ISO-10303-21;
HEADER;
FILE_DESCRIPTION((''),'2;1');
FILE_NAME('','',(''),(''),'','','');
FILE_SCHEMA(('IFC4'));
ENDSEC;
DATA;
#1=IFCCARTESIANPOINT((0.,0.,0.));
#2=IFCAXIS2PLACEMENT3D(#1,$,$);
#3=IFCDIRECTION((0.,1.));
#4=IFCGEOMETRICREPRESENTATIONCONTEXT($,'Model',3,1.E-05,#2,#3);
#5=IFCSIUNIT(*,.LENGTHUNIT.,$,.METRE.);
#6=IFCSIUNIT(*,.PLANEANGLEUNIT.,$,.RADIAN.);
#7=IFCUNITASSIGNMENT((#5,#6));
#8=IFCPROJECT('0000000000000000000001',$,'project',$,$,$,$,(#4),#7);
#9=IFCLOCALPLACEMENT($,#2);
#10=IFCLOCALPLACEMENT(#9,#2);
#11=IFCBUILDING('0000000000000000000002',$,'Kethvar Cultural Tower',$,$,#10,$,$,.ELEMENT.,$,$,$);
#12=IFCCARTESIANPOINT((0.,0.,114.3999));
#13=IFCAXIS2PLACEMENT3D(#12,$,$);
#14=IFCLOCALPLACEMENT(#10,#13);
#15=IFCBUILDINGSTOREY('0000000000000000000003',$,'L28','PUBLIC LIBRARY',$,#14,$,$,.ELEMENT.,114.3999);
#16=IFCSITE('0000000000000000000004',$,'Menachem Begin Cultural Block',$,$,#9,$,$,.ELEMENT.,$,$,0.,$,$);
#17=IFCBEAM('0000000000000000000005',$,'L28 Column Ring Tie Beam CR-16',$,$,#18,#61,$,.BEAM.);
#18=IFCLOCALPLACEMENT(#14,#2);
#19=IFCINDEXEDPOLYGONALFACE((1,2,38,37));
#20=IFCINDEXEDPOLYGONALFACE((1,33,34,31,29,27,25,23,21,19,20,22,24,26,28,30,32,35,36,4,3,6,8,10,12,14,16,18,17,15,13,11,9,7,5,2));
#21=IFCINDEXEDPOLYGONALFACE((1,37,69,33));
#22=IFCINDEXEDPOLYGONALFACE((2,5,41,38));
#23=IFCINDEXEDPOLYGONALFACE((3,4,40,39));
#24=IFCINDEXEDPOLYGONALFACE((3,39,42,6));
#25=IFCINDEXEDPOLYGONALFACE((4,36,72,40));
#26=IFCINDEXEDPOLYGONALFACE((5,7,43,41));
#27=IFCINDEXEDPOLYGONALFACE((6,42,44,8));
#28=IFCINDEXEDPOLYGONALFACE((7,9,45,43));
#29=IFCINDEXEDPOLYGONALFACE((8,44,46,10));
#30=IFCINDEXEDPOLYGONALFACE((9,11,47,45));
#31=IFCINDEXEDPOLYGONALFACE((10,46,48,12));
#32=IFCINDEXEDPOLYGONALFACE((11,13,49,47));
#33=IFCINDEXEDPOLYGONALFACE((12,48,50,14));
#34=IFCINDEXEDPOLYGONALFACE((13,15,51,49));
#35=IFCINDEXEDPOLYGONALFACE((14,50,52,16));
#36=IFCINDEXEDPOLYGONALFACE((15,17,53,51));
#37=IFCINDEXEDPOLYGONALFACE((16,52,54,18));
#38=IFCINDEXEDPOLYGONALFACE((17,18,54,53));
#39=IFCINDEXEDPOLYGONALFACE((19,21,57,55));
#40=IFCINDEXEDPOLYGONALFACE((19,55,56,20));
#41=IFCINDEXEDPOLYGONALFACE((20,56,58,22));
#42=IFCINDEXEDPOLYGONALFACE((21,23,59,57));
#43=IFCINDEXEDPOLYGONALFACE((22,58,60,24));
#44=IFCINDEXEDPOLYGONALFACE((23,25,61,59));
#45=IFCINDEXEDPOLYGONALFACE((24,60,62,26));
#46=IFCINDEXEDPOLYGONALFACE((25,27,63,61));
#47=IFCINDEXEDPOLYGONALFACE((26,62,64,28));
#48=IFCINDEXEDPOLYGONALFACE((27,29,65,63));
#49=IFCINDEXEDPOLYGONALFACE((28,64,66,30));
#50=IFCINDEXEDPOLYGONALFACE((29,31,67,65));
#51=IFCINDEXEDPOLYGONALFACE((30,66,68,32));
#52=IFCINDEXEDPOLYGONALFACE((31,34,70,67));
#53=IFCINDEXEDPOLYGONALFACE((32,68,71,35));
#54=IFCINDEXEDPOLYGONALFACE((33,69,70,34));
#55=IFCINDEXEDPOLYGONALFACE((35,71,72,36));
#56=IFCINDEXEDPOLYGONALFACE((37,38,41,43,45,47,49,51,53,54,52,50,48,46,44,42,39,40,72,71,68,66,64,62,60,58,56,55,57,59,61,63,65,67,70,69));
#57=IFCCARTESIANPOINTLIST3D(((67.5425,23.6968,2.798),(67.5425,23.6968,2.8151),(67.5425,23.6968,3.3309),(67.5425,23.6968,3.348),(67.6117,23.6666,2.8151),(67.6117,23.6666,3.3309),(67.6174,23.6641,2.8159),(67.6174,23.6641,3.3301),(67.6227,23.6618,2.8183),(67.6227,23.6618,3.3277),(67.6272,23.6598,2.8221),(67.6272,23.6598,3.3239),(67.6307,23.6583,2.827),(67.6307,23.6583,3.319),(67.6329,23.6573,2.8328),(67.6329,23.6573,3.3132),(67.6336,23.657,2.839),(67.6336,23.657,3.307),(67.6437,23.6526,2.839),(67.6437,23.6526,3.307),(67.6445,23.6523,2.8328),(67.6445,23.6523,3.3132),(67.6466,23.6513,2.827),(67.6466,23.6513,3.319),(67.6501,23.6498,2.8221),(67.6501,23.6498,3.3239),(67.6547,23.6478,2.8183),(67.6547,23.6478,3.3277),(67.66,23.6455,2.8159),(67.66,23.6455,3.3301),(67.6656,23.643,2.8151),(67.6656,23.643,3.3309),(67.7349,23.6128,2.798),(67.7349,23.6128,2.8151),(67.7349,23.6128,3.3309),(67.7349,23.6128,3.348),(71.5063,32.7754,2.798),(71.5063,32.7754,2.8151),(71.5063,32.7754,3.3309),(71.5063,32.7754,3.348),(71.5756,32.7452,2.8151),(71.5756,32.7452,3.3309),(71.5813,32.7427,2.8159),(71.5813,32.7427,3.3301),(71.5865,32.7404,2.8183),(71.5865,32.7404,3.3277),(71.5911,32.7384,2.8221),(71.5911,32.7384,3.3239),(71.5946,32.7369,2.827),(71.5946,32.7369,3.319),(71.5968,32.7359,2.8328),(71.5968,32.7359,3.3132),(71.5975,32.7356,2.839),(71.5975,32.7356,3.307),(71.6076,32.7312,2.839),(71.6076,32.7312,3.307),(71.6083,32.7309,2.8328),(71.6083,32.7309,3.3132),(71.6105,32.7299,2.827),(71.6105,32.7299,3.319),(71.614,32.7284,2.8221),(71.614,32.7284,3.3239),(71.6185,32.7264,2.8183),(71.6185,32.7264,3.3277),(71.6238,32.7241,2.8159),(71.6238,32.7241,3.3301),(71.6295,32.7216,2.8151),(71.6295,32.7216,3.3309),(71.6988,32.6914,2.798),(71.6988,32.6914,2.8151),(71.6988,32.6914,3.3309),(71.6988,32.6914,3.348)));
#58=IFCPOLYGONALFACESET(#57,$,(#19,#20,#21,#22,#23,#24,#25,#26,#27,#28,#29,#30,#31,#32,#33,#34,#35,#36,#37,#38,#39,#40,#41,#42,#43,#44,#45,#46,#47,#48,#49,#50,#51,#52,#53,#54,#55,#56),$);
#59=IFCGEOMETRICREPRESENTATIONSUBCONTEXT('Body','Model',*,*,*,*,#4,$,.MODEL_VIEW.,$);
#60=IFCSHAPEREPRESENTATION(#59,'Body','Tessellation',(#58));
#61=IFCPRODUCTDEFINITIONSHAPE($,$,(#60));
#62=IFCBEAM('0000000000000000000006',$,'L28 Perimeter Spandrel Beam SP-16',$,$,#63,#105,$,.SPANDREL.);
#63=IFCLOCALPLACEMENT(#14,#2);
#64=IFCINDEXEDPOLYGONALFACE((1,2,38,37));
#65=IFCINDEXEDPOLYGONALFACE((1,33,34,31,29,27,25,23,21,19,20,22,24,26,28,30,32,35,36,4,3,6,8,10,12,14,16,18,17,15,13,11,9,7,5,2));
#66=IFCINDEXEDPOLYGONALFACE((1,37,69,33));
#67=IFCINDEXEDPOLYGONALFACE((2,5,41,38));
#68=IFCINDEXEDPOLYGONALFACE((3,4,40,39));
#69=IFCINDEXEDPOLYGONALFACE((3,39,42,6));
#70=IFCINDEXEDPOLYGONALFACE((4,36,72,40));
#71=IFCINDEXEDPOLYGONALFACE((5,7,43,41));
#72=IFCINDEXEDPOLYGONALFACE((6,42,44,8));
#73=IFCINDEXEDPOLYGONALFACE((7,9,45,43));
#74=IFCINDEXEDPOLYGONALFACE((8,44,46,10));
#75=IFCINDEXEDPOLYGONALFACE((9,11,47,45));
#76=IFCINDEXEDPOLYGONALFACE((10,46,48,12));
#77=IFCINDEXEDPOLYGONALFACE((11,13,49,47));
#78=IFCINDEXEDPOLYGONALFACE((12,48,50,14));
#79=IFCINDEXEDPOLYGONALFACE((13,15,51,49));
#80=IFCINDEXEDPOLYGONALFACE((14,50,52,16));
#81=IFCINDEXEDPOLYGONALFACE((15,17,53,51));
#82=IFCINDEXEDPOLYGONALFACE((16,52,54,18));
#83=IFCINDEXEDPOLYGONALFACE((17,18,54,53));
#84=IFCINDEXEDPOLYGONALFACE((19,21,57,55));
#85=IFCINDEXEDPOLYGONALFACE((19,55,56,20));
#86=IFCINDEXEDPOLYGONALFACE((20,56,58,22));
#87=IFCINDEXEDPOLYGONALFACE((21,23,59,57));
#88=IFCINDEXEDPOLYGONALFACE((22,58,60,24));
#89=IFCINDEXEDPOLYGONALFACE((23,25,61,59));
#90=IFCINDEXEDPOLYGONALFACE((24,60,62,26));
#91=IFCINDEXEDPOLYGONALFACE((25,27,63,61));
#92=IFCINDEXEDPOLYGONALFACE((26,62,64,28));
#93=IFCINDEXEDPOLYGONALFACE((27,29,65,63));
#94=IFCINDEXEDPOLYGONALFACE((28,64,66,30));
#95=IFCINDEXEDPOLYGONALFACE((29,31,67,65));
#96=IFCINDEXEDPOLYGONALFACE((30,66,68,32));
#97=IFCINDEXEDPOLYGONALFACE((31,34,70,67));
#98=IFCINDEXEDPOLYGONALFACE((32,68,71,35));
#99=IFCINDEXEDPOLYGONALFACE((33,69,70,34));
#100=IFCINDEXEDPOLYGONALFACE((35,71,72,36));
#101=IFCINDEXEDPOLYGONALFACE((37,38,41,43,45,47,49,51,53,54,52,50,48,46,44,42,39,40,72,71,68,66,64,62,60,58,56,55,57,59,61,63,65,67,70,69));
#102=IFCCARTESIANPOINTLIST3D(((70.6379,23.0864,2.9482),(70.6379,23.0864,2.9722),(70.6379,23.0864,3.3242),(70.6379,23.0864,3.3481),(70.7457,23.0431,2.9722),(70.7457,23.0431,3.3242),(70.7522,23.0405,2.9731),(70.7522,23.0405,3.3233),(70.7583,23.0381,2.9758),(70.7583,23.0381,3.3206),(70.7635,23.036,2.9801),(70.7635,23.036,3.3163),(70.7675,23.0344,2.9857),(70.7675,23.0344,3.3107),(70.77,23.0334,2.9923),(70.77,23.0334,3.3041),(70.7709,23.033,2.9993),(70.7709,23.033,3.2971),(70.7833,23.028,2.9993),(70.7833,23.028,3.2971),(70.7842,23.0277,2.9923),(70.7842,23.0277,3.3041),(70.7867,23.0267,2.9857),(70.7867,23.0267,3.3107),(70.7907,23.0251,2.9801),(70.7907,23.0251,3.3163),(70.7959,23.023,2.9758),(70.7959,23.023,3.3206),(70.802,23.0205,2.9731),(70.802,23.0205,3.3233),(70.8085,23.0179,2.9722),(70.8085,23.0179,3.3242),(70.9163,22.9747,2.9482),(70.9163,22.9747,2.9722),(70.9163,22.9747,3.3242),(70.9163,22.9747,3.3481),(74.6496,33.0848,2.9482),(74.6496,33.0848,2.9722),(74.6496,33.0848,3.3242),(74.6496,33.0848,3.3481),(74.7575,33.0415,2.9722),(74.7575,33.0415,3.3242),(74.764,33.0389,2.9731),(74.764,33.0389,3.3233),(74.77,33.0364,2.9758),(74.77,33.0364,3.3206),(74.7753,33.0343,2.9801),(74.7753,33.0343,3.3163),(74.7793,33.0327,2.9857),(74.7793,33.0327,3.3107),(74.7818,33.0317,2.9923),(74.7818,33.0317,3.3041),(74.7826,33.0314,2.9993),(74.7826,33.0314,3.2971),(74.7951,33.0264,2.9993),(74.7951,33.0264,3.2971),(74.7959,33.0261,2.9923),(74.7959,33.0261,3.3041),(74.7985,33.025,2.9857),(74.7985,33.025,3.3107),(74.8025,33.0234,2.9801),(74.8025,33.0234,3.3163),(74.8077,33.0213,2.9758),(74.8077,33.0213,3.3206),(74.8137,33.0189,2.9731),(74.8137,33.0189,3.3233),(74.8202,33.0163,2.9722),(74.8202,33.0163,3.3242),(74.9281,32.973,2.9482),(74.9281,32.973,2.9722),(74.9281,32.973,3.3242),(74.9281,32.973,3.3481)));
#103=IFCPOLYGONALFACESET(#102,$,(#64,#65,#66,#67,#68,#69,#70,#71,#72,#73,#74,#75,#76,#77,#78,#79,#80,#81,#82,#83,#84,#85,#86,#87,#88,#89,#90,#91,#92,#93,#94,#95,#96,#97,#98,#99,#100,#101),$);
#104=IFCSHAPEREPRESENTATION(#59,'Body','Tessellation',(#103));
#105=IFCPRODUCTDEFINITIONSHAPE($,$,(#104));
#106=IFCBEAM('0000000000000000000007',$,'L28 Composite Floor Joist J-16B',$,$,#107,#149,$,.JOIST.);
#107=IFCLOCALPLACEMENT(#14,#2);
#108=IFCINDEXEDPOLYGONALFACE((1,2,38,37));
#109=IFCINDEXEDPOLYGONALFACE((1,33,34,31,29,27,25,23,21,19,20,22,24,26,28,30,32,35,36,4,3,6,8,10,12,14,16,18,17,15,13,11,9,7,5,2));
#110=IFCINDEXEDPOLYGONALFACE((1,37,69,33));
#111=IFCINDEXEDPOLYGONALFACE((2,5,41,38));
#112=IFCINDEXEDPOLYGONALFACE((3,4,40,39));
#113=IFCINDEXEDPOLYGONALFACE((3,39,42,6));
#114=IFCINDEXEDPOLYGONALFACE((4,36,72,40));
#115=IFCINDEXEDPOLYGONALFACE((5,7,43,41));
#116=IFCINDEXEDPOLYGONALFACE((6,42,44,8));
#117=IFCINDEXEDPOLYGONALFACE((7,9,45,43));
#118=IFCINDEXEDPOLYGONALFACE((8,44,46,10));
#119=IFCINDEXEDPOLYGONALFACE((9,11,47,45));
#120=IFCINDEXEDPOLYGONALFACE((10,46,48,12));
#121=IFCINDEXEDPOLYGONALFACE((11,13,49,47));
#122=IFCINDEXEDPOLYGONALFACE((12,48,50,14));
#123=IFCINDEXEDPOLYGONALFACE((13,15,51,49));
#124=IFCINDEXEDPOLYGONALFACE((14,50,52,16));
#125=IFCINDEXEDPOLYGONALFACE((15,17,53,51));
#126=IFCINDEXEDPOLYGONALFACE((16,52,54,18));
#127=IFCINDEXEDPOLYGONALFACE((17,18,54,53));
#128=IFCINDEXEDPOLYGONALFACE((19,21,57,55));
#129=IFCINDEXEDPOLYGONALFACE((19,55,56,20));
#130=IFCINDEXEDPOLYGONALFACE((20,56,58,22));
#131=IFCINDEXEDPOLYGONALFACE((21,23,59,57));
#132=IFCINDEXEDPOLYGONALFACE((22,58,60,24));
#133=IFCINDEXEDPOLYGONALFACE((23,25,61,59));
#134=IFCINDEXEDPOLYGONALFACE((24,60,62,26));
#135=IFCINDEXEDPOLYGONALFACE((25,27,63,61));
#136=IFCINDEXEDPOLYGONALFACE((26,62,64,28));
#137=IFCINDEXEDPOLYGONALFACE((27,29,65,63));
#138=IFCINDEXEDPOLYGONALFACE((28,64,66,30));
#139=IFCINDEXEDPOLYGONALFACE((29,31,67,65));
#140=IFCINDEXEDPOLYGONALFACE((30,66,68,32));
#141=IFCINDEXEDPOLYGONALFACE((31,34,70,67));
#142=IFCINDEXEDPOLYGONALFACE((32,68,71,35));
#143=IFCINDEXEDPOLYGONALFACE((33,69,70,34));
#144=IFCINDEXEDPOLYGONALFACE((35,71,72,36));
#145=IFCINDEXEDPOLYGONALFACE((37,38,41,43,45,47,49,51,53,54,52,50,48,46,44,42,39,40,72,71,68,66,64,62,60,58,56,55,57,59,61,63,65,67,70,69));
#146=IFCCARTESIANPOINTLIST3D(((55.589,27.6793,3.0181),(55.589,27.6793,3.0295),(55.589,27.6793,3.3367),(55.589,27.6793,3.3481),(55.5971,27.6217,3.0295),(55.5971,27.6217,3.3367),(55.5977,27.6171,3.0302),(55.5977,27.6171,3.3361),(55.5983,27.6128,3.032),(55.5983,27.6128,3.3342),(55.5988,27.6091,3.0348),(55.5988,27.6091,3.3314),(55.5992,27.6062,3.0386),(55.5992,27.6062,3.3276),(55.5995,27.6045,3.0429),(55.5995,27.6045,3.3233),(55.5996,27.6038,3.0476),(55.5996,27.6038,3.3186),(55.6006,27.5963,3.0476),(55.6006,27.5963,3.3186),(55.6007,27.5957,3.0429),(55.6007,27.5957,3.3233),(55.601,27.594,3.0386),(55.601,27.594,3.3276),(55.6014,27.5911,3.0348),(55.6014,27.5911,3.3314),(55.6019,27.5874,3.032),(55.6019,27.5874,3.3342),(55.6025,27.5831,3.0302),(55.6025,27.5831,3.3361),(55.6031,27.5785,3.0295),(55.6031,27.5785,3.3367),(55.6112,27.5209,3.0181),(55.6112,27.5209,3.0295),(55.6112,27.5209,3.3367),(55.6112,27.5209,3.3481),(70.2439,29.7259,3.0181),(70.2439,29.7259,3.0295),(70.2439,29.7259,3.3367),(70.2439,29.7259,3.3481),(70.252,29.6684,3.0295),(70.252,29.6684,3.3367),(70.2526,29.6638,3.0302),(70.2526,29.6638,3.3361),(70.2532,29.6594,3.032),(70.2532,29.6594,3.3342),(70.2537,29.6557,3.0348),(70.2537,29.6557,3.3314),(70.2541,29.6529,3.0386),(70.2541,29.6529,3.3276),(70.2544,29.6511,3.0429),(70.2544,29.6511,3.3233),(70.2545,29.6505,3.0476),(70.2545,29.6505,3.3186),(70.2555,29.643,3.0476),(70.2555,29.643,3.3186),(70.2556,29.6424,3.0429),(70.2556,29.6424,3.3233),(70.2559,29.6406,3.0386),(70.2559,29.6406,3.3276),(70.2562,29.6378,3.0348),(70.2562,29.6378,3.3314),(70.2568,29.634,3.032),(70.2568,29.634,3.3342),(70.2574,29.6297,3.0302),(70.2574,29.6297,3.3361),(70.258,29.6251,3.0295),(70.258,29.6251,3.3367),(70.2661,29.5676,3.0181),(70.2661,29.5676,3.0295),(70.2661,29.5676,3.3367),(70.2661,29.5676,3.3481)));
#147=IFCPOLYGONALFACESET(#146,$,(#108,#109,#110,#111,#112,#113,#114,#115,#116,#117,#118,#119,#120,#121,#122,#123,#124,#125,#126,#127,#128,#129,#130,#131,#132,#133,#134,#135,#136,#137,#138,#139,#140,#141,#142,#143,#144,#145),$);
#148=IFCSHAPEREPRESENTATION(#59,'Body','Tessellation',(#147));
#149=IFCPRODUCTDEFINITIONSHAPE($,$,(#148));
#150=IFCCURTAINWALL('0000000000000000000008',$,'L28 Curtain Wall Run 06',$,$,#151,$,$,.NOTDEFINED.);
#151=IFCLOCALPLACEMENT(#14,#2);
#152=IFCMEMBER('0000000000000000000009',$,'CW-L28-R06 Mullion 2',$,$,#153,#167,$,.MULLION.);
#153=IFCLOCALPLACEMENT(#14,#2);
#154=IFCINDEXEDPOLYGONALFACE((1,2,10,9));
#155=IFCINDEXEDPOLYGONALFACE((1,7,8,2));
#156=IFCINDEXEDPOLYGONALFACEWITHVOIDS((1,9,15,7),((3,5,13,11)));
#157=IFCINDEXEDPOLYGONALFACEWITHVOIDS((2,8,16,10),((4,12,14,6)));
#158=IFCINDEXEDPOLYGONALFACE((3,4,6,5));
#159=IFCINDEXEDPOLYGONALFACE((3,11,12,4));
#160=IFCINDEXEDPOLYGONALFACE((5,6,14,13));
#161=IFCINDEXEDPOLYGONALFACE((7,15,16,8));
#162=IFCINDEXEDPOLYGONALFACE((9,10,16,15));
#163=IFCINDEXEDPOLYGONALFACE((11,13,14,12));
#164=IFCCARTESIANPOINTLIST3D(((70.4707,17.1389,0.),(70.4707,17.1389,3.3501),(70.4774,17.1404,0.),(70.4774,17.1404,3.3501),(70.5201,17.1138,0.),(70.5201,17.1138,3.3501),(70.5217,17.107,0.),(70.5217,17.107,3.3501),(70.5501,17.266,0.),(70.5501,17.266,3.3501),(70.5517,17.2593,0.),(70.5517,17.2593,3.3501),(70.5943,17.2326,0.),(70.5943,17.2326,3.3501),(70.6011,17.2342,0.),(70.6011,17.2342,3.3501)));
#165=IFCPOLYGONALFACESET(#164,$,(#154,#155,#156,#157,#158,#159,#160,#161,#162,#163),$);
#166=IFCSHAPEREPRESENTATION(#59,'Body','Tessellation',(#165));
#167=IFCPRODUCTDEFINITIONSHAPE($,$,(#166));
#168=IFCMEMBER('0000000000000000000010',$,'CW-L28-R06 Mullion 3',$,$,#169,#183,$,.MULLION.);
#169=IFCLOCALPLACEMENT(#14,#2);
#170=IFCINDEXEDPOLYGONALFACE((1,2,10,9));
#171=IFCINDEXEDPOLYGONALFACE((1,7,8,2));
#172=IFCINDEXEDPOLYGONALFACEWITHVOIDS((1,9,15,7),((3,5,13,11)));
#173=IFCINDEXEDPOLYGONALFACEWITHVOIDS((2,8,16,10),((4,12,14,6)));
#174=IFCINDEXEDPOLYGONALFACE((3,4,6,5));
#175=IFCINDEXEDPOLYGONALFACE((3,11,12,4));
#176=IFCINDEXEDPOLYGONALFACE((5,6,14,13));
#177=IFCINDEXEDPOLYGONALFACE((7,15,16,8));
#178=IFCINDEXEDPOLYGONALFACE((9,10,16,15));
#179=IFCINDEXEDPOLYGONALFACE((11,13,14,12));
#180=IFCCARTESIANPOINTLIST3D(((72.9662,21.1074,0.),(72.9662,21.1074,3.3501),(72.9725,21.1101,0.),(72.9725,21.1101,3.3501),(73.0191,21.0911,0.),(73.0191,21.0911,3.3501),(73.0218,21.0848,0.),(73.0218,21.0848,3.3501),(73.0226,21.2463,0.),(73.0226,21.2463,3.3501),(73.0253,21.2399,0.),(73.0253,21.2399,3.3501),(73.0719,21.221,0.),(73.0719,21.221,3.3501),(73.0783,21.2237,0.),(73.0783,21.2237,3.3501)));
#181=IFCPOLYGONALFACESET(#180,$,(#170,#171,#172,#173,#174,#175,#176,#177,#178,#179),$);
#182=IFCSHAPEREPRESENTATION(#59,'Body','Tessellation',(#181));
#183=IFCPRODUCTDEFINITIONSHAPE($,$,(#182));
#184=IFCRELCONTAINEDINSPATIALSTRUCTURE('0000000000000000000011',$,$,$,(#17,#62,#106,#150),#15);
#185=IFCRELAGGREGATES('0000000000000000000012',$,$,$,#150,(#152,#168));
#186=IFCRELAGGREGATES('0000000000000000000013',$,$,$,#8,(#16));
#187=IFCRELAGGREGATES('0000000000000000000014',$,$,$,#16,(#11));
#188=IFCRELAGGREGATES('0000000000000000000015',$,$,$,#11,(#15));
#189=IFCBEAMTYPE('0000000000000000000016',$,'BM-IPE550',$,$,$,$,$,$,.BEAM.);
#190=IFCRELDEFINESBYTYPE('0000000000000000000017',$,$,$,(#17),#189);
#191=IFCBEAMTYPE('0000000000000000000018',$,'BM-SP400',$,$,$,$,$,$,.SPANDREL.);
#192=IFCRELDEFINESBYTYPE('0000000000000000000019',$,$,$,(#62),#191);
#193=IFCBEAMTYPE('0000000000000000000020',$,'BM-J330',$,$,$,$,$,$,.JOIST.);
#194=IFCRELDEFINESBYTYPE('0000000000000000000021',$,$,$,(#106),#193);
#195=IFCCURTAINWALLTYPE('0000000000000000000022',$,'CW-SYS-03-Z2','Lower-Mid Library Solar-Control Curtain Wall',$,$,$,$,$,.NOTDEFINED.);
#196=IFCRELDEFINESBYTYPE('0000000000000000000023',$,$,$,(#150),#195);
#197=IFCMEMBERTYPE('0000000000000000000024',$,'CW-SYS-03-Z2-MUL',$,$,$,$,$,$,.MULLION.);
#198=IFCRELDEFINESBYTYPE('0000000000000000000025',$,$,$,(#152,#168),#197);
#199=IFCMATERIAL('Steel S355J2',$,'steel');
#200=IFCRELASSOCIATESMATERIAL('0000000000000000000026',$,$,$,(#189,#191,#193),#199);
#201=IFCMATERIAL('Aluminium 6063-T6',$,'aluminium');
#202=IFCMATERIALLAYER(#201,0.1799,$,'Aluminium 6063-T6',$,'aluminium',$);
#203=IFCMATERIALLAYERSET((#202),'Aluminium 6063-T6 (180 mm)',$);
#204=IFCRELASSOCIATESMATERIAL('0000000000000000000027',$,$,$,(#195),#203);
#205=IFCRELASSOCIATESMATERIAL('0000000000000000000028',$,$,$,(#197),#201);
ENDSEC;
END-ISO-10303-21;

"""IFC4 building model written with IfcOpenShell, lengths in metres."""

from ifc_helpers import new_model, si_unit, direction, frame, origin, origin_2d, place, context, subcontext, project, spatial, hollow_rectangle, i_section, extrude, source, transform, mapped, material, layer, layer_set, material_profile, profile_set, type_object, element, aggregate, save


model = new_model("IFC4")

# Units and contexts
model_context = context("Model", 3, precision=1e-05, world=origin(), true_north=direction((0.0, 1.0)))
body_context = subcontext(model_context, "Body", "Model", "MODEL_VIEW")
ifc_project = project(units=[si_unit("LENGTHUNIT", "METRE"), si_unit("PLANEANGLEUNIT", "RADIAN")], contexts=[model_context])

# Site, building, storey
site_placement = place(None, origin())
site = spatial("IfcSite", under=ifc_project, at=site_placement, Name="Menachem Begin Cultural Block", CompositionType="ELEMENT", RefElevation=0.0)
building_placement = place(site_placement, origin())
building = spatial("IfcBuilding", under=site, at=building_placement, Name="Kethvar Cultural Tower", CompositionType="ELEMENT")
storey_placement = place(building_placement, frame((0.0, 0.0, 114.3999)))
storey = spatial("IfcBuildingStorey", under=building, at=storey_placement, Name="L28", Description="PUBLIC LIBRARY", CompositionType="ELEMENT", Elevation=114.3999)

# Beams
ifc_material_1 = material(Name="Steel S355J2", Category="steel")
ifc_material_profile_1 = material_profile(ifc_material_1, i_section(OverallWidth=0.21, OverallDepth=0.55, WebThickness=0.011, FlangeThickness=0.0171, FilletRadius=0.0239, at=origin_2d()), Name="Steel S355J2 — IPE550")
ifc_profile_set_1 = profile_set([ifc_material_profile_1], Name="Steel S355J2 — IPE550")
beam_type_1 = type_object("IfcBeamType", Name="BM-IPE550", PredefinedType="BEAM", material=ifc_profile_set_1)
shared_shape_1 = source(origin(), body_context, "Body", "SweptSolid", [
    extrude(i_section(OverallWidth=0.21, OverallDepth=0.55, WebThickness=0.011, FlangeThickness=0.0171, FilletRadius=0.0239, at=origin_2d()), origin(), (0.0, 0.0, 1.0), 9.9062),
])
beam_1_placement = place(storey_placement, frame((67.6387, 23.6548, 3.073), z_axis=(0.400139, 0.916455, 0.0), x_axis=(-0.916455, 0.400139, 0.0)))
element("IfcBeam", 1, at=beam_1_placement, inside=storey, type_object=beam_type_1, Name="L28 Column Ring Tie Beam CR-16", PredefinedType="BEAM", context=body_context, shape_type="MappedRepresentation", body=[
    mapped(shared_shape_1, transform((0.0, 0.0, 0.0), scale=1.0)),
])
ifc_material_profile_2 = material_profile(ifc_material_1, i_section(OverallWidth=0.3, OverallDepth=0.3999, WebThickness=0.0134, FlangeThickness=0.0239, FilletRadius=0.0271, at=origin_2d()), Name="Steel S355J2 — HEB400")
ifc_profile_set_2 = profile_set([ifc_material_profile_2], Name="Steel S355J2 — HEB400")
beam_type_2 = type_object("IfcBeamType", Name="BM-SP400", PredefinedType="SPANDREL", material=ifc_profile_set_2)
shared_shape_2 = source(origin(), body_context, "Body", "SweptSolid", [
    extrude(i_section(OverallWidth=0.3, OverallDepth=0.3999, WebThickness=0.0134, FlangeThickness=0.0239, FilletRadius=0.0271, at=origin_2d()), origin(), (0.0, 0.0, 1.0), 10.7732),
])
beam_2_placement = place(storey_placement, frame((70.7771, 23.0305, 3.1482), z_axis=(0.372383, 0.928079, 0.0), x_axis=(-0.928079, 0.372383, 0.0)))
element("IfcBeam", 2, at=beam_2_placement, inside=storey, type_object=beam_type_2, Name="L28 Perimeter Spandrel Beam SP-16", PredefinedType="SPANDREL", context=body_context, shape_type="MappedRepresentation", body=[
    mapped(shared_shape_2, transform((0.0, 0.0, 0.0), scale=1.0)),
])
ifc_material_profile_3 = material_profile(ifc_material_1, i_section(OverallWidth=0.1599, OverallDepth=0.3301, WebThickness=0.0076, FlangeThickness=0.0115, FilletRadius=0.0181, at=origin_2d()), Name="Steel S355J2 — IPE330")
ifc_profile_set_3 = profile_set([ifc_material_profile_3], Name="Steel S355J2 — IPE330")
beam_type_3 = type_object("IfcBeamType", Name="BM-J330", PredefinedType="JOIST", material=ifc_profile_set_3)
shared_shape_3 = source(origin(), body_context, "Body", "SweptSolid", [
    extrude(i_section(OverallWidth=0.1599, OverallDepth=0.3301, WebThickness=0.0076, FlangeThickness=0.0115, FilletRadius=0.0181, at=origin_2d()), origin(), (0.0, 0.0, 1.0), 14.7971),
])
beam_3_placement = place(storey_placement, frame((55.6001, 27.6001, 3.1831), z_axis=(0.990388, 0.138314, 0.0), x_axis=(-0.138314, 0.990388, 0.0)))
element("IfcBeam", 3, at=beam_3_placement, inside=storey, type_object=beam_type_3, Name="L28 Composite Floor Joist J-16B", PredefinedType="JOIST", context=body_context, shape_type="MappedRepresentation", body=[
    mapped(shared_shape_3, transform((0.0, 0.0, 0.0), scale=1.0)),
])

# Curtain wall, members
ifc_material_2 = material(Name="Aluminium 6063-T6", Category="aluminium")
ifc_layer_1 = layer(ifc_material_2, 0.1799, Name="Aluminium 6063-T6", Category="aluminium")
ifc_layer_set_1 = layer_set([ifc_layer_1], Name="Aluminium 6063-T6 (180 mm)")
curtain_wall_type = type_object("IfcCurtainWallType", Name="CW-SYS-03-Z2", Description="Lower-Mid Library Solar-Control Curtain Wall", PredefinedType="NOTDEFINED", material=ifc_layer_set_1)
curtain_wall_placement = place(storey_placement, origin())
curtain_wall = element("IfcCurtainWall", 4, at=curtain_wall_placement, inside=storey, type_object=curtain_wall_type, Name="L28 Curtain Wall Run 06", PredefinedType="NOTDEFINED")
ifc_material_profile_4 = material_profile(ifc_material_2, hollow_rectangle(XDim=0.0601, YDim=0.1499, WallThickness=0.0049, at=origin_2d()), Name="Aluminium 6063-T6 — RHS150x60x5")
ifc_profile_set_4 = profile_set([ifc_material_profile_4], Name="Aluminium 6063-T6 — RHS150x60x5")
member_type_1 = type_object("IfcMemberType", Name="CW-SYS-03-Z2-MUL", PredefinedType="MULLION", material=ifc_profile_set_4)
shared_shape_4 = source(origin(), body_context, "Body", "SweptSolid", [
    extrude(hollow_rectangle(XDim=0.0601, YDim=0.1499, WallThickness=0.0049, at=origin_2d()), origin(), (0.0, 0.0, 1.0), 3.3501),
])
member_1_placement = place(storey_placement, frame((70.5359, 17.1865, 0.0), z_axis=(0.0, 0.0, 1.0), x_axis=(-0.848224, 0.529638, 0.0)))
member_1 = element("IfcMember", 5, at=member_1_placement, type_object=member_type_1, Name="CW-L28-R06 Mullion 2", PredefinedType="MULLION", context=body_context, shape_type="MappedRepresentation", body=[
    mapped(shared_shape_4, transform((0.0, 0.0, 0.0), scale=1.0)),
])
member_2_placement = place(storey_placement, frame((73.0222, 21.1655, 0.0), z_axis=(0.0, 0.0, 1.0), x_axis=(-0.92641, 0.376515, 0.0)))
member_2 = element("IfcMember", 6, at=member_2_placement, type_object=member_type_1, Name="CW-L28-R06 Mullion 3", PredefinedType="MULLION", context=body_context, shape_type="MappedRepresentation", body=[
    mapped(shared_shape_4, transform((0.0, 0.0, 0.0), scale=1.0)),
])
aggregate(curtain_wall, [member_1, member_2])

save(model, "model.ifc")
